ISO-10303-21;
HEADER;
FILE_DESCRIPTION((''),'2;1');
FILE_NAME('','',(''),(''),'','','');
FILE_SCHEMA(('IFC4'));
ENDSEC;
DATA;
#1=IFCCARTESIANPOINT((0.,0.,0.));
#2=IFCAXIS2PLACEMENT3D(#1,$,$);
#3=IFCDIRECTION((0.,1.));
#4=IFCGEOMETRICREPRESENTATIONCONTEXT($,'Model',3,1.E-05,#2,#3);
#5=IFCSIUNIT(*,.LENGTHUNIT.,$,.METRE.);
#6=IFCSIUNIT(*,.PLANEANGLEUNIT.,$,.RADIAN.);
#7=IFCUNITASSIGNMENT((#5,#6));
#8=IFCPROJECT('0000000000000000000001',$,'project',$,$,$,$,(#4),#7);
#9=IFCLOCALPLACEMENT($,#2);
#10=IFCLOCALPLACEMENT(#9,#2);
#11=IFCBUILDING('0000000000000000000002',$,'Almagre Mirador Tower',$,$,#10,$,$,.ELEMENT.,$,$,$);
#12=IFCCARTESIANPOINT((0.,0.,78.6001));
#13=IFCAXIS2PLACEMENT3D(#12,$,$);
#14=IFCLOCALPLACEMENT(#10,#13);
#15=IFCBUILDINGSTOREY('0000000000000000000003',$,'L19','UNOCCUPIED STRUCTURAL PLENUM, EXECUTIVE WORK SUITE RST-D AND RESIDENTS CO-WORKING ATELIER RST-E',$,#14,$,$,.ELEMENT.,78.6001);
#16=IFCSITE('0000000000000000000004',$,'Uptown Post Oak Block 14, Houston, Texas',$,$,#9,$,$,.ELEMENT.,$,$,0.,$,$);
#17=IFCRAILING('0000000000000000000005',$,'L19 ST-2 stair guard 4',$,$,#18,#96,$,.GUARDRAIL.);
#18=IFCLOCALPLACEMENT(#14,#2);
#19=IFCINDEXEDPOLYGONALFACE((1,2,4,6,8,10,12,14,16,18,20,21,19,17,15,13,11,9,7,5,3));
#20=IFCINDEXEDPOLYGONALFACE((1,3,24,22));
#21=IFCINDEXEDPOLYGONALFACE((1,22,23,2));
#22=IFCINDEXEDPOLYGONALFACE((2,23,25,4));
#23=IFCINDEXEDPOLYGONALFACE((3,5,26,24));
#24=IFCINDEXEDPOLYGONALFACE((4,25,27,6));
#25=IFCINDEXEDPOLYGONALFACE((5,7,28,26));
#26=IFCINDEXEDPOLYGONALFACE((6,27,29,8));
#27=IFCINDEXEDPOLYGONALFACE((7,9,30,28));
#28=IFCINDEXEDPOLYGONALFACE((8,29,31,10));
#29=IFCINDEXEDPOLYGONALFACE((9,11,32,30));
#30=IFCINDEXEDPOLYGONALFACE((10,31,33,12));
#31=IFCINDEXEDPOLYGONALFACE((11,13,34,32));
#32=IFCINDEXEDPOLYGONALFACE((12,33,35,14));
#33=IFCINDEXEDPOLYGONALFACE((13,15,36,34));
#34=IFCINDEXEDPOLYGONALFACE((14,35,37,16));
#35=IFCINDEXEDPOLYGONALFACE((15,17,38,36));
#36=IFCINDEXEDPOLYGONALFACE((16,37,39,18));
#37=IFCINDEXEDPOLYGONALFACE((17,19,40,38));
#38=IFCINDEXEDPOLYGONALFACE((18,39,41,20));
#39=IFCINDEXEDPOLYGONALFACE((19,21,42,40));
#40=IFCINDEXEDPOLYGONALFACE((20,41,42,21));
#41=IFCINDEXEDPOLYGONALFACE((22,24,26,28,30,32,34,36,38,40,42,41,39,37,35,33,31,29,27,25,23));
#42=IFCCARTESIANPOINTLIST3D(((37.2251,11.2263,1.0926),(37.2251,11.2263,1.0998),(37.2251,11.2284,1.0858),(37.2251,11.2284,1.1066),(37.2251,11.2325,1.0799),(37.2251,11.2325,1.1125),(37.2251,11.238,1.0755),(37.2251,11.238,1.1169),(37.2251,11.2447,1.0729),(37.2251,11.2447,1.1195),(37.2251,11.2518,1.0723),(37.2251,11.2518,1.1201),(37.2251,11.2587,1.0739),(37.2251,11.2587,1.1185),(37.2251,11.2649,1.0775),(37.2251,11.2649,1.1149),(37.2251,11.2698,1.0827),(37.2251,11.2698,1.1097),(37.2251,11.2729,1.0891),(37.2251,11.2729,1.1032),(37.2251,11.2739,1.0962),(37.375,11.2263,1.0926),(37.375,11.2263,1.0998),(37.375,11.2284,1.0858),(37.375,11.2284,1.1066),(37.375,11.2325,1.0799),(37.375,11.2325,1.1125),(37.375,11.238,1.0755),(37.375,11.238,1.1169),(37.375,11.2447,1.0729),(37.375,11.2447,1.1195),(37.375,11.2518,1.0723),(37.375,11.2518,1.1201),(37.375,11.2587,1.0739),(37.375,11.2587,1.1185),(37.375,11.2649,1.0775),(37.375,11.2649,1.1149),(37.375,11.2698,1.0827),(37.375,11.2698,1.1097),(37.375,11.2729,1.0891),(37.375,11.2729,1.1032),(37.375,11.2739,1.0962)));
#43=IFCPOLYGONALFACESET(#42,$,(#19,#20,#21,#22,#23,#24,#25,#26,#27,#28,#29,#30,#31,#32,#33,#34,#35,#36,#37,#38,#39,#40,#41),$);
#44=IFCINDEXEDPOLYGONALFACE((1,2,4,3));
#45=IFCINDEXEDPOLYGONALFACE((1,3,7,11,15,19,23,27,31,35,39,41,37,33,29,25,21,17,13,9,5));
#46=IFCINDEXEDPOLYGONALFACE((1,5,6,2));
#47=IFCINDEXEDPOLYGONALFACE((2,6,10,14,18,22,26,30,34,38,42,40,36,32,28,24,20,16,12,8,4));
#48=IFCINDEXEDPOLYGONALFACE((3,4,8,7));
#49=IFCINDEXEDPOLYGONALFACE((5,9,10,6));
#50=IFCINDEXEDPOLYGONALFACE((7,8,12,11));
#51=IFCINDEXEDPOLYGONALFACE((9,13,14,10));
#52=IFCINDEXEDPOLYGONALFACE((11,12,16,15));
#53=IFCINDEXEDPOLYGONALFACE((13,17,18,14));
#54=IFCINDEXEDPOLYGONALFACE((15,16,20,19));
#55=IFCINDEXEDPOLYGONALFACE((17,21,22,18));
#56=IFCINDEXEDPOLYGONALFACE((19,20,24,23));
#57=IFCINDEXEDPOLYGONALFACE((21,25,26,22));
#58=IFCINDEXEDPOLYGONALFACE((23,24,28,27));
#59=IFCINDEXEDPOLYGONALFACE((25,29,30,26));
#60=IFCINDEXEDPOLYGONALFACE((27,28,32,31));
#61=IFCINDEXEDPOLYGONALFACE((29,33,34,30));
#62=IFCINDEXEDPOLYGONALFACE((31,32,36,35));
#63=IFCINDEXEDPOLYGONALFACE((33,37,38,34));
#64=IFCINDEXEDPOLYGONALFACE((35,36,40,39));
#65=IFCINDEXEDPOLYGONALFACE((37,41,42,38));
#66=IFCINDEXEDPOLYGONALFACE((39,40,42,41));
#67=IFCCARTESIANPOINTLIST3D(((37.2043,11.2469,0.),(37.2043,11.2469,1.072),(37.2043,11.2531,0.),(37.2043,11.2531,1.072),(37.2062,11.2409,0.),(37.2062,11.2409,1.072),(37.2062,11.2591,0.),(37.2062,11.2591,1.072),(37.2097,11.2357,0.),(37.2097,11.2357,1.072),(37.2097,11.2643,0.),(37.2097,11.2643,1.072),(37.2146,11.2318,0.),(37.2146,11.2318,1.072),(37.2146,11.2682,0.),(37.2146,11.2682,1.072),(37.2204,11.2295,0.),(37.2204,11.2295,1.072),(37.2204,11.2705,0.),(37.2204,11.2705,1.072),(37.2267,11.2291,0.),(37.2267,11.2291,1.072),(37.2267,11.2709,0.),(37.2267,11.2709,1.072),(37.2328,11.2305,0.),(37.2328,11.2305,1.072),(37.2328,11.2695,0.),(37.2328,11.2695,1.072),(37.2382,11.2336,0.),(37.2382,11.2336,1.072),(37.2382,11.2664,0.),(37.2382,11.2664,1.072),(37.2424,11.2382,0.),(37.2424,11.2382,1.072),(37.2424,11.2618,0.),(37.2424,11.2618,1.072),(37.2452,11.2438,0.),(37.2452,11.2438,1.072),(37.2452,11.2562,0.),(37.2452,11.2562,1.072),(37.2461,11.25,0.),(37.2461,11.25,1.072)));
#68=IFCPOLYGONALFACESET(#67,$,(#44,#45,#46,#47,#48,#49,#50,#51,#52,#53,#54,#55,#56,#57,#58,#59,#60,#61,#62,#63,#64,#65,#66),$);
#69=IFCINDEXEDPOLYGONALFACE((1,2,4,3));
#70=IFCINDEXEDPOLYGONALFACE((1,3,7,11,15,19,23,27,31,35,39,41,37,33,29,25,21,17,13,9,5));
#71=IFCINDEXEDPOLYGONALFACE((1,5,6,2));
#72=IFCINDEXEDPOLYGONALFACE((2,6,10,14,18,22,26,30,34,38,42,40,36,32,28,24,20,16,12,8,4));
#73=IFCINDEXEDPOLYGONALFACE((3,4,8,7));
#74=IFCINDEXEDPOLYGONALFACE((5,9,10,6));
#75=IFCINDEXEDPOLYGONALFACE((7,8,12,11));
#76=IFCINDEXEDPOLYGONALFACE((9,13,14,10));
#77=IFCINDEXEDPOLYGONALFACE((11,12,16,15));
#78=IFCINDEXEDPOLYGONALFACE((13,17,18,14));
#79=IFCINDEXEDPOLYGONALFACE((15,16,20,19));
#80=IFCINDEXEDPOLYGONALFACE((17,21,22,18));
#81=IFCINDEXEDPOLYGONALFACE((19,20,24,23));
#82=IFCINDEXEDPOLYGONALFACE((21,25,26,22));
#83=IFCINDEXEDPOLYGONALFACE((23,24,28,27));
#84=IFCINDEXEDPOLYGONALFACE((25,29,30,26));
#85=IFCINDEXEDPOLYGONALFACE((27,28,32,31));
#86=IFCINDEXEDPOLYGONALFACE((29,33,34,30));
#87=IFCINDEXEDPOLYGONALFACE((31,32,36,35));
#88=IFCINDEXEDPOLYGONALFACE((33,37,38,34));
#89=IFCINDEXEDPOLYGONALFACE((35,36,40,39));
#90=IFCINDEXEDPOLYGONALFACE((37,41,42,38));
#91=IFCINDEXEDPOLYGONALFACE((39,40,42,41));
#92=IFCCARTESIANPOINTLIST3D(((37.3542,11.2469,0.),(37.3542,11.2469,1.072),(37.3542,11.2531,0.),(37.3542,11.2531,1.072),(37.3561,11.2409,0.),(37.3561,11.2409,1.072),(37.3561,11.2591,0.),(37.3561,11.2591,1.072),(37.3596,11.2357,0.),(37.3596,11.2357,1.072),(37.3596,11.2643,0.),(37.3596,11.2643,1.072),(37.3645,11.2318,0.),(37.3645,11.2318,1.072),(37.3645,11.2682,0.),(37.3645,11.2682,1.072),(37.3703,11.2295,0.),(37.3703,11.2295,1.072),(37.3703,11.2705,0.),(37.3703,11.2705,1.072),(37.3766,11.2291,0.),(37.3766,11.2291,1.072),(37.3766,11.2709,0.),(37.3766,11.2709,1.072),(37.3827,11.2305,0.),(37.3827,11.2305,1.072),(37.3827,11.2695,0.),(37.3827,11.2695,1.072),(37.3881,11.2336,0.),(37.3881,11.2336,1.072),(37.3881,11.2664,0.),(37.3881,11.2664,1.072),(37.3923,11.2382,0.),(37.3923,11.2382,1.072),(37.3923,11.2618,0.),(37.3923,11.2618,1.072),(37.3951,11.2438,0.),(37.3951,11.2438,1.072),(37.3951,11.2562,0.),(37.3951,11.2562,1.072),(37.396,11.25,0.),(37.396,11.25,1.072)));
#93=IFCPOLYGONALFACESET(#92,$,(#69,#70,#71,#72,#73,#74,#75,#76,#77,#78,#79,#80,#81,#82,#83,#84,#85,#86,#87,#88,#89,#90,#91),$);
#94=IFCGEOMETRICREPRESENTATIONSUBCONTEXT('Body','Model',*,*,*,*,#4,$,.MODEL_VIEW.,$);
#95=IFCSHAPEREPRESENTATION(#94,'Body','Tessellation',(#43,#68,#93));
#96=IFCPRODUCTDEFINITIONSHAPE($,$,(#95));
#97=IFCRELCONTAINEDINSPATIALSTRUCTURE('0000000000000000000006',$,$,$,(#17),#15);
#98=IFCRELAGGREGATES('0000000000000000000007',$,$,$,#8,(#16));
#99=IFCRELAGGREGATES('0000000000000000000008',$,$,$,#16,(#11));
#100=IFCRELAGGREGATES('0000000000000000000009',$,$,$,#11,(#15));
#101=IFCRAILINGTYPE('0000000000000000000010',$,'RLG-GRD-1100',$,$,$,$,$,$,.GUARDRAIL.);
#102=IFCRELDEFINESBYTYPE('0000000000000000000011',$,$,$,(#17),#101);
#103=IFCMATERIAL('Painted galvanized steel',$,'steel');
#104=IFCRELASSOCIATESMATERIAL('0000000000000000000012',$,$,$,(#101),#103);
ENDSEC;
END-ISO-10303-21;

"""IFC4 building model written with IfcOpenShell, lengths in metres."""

from ifc_helpers import new_model, si_unit, direction, frame, origin, origin_2d, place, context, subcontext, project, spatial, circle, extrude, material, type_object, element, save


model = new_model("IFC4")

# Units and contexts
model_context = context("Model", 3, precision=1e-05, world=origin(), true_north=direction((0.0, 1.0)))
body_context = subcontext(model_context, "Body", "Model", "MODEL_VIEW")
ifc_project = project(units=[si_unit("LENGTHUNIT", "METRE"), si_unit("PLANEANGLEUNIT", "RADIAN")], contexts=[model_context])

# Site, building, storey
site_placement = place(None, origin())
site = spatial("IfcSite", under=ifc_project, at=site_placement, Name="Uptown Post Oak Block 14, Houston, Texas", CompositionType="ELEMENT", RefElevation=0.0)
building_placement = place(site_placement, origin())
building = spatial("IfcBuilding", under=site, at=building_placement, Name="Almagre Mirador Tower", CompositionType="ELEMENT")
storey_placement = place(building_placement, frame((0.0, 0.0, 78.6001)))
storey = spatial("IfcBuildingStorey", under=building, at=storey_placement, Name="L19", Description="UNOCCUPIED STRUCTURAL PLENUM, EXECUTIVE WORK SUITE RST-D AND RESIDENTS CO-WORKING ATELIER RST-E", CompositionType="ELEMENT", Elevation=78.6001)

# Railing
ifc_material_1 = material(Name="Painted galvanized steel", Category="steel")
railing_type_1 = type_object("IfcRailingType", Name="RLG-GRD-1100", PredefinedType="GUARDRAIL", material=ifc_material_1)
railing_1_placement = place(storey_placement, frame((37.2251, 11.25, 0.0)))
element("IfcRailing", 1, at=railing_1_placement, inside=storey, type_object=railing_type_1, Name="L19 ST-2 stair guard 4", PredefinedType="GUARDRAIL", context=body_context, shape_type="SweptSolid", body=[
    extrude(circle(Radius=0.0239, at=origin_2d()), frame((0.0, 0.0, 1.0962), z_axis=(1.0, 0.0, 0.0), x_axis=(0.0, 1.0, 0.0)), (0.0, 0.0, 1.0), 0.1499),
    extrude(circle(Radius=0.021, at=origin_2d()), origin(), (0.0, 0.0, 1.0), 1.072),
    extrude(circle(Radius=0.021, at=origin_2d()), frame((0.1499, 0.0, 0.0)), (0.0, 0.0, 1.0), 1.072),
])

save(model, "model.ifc")
